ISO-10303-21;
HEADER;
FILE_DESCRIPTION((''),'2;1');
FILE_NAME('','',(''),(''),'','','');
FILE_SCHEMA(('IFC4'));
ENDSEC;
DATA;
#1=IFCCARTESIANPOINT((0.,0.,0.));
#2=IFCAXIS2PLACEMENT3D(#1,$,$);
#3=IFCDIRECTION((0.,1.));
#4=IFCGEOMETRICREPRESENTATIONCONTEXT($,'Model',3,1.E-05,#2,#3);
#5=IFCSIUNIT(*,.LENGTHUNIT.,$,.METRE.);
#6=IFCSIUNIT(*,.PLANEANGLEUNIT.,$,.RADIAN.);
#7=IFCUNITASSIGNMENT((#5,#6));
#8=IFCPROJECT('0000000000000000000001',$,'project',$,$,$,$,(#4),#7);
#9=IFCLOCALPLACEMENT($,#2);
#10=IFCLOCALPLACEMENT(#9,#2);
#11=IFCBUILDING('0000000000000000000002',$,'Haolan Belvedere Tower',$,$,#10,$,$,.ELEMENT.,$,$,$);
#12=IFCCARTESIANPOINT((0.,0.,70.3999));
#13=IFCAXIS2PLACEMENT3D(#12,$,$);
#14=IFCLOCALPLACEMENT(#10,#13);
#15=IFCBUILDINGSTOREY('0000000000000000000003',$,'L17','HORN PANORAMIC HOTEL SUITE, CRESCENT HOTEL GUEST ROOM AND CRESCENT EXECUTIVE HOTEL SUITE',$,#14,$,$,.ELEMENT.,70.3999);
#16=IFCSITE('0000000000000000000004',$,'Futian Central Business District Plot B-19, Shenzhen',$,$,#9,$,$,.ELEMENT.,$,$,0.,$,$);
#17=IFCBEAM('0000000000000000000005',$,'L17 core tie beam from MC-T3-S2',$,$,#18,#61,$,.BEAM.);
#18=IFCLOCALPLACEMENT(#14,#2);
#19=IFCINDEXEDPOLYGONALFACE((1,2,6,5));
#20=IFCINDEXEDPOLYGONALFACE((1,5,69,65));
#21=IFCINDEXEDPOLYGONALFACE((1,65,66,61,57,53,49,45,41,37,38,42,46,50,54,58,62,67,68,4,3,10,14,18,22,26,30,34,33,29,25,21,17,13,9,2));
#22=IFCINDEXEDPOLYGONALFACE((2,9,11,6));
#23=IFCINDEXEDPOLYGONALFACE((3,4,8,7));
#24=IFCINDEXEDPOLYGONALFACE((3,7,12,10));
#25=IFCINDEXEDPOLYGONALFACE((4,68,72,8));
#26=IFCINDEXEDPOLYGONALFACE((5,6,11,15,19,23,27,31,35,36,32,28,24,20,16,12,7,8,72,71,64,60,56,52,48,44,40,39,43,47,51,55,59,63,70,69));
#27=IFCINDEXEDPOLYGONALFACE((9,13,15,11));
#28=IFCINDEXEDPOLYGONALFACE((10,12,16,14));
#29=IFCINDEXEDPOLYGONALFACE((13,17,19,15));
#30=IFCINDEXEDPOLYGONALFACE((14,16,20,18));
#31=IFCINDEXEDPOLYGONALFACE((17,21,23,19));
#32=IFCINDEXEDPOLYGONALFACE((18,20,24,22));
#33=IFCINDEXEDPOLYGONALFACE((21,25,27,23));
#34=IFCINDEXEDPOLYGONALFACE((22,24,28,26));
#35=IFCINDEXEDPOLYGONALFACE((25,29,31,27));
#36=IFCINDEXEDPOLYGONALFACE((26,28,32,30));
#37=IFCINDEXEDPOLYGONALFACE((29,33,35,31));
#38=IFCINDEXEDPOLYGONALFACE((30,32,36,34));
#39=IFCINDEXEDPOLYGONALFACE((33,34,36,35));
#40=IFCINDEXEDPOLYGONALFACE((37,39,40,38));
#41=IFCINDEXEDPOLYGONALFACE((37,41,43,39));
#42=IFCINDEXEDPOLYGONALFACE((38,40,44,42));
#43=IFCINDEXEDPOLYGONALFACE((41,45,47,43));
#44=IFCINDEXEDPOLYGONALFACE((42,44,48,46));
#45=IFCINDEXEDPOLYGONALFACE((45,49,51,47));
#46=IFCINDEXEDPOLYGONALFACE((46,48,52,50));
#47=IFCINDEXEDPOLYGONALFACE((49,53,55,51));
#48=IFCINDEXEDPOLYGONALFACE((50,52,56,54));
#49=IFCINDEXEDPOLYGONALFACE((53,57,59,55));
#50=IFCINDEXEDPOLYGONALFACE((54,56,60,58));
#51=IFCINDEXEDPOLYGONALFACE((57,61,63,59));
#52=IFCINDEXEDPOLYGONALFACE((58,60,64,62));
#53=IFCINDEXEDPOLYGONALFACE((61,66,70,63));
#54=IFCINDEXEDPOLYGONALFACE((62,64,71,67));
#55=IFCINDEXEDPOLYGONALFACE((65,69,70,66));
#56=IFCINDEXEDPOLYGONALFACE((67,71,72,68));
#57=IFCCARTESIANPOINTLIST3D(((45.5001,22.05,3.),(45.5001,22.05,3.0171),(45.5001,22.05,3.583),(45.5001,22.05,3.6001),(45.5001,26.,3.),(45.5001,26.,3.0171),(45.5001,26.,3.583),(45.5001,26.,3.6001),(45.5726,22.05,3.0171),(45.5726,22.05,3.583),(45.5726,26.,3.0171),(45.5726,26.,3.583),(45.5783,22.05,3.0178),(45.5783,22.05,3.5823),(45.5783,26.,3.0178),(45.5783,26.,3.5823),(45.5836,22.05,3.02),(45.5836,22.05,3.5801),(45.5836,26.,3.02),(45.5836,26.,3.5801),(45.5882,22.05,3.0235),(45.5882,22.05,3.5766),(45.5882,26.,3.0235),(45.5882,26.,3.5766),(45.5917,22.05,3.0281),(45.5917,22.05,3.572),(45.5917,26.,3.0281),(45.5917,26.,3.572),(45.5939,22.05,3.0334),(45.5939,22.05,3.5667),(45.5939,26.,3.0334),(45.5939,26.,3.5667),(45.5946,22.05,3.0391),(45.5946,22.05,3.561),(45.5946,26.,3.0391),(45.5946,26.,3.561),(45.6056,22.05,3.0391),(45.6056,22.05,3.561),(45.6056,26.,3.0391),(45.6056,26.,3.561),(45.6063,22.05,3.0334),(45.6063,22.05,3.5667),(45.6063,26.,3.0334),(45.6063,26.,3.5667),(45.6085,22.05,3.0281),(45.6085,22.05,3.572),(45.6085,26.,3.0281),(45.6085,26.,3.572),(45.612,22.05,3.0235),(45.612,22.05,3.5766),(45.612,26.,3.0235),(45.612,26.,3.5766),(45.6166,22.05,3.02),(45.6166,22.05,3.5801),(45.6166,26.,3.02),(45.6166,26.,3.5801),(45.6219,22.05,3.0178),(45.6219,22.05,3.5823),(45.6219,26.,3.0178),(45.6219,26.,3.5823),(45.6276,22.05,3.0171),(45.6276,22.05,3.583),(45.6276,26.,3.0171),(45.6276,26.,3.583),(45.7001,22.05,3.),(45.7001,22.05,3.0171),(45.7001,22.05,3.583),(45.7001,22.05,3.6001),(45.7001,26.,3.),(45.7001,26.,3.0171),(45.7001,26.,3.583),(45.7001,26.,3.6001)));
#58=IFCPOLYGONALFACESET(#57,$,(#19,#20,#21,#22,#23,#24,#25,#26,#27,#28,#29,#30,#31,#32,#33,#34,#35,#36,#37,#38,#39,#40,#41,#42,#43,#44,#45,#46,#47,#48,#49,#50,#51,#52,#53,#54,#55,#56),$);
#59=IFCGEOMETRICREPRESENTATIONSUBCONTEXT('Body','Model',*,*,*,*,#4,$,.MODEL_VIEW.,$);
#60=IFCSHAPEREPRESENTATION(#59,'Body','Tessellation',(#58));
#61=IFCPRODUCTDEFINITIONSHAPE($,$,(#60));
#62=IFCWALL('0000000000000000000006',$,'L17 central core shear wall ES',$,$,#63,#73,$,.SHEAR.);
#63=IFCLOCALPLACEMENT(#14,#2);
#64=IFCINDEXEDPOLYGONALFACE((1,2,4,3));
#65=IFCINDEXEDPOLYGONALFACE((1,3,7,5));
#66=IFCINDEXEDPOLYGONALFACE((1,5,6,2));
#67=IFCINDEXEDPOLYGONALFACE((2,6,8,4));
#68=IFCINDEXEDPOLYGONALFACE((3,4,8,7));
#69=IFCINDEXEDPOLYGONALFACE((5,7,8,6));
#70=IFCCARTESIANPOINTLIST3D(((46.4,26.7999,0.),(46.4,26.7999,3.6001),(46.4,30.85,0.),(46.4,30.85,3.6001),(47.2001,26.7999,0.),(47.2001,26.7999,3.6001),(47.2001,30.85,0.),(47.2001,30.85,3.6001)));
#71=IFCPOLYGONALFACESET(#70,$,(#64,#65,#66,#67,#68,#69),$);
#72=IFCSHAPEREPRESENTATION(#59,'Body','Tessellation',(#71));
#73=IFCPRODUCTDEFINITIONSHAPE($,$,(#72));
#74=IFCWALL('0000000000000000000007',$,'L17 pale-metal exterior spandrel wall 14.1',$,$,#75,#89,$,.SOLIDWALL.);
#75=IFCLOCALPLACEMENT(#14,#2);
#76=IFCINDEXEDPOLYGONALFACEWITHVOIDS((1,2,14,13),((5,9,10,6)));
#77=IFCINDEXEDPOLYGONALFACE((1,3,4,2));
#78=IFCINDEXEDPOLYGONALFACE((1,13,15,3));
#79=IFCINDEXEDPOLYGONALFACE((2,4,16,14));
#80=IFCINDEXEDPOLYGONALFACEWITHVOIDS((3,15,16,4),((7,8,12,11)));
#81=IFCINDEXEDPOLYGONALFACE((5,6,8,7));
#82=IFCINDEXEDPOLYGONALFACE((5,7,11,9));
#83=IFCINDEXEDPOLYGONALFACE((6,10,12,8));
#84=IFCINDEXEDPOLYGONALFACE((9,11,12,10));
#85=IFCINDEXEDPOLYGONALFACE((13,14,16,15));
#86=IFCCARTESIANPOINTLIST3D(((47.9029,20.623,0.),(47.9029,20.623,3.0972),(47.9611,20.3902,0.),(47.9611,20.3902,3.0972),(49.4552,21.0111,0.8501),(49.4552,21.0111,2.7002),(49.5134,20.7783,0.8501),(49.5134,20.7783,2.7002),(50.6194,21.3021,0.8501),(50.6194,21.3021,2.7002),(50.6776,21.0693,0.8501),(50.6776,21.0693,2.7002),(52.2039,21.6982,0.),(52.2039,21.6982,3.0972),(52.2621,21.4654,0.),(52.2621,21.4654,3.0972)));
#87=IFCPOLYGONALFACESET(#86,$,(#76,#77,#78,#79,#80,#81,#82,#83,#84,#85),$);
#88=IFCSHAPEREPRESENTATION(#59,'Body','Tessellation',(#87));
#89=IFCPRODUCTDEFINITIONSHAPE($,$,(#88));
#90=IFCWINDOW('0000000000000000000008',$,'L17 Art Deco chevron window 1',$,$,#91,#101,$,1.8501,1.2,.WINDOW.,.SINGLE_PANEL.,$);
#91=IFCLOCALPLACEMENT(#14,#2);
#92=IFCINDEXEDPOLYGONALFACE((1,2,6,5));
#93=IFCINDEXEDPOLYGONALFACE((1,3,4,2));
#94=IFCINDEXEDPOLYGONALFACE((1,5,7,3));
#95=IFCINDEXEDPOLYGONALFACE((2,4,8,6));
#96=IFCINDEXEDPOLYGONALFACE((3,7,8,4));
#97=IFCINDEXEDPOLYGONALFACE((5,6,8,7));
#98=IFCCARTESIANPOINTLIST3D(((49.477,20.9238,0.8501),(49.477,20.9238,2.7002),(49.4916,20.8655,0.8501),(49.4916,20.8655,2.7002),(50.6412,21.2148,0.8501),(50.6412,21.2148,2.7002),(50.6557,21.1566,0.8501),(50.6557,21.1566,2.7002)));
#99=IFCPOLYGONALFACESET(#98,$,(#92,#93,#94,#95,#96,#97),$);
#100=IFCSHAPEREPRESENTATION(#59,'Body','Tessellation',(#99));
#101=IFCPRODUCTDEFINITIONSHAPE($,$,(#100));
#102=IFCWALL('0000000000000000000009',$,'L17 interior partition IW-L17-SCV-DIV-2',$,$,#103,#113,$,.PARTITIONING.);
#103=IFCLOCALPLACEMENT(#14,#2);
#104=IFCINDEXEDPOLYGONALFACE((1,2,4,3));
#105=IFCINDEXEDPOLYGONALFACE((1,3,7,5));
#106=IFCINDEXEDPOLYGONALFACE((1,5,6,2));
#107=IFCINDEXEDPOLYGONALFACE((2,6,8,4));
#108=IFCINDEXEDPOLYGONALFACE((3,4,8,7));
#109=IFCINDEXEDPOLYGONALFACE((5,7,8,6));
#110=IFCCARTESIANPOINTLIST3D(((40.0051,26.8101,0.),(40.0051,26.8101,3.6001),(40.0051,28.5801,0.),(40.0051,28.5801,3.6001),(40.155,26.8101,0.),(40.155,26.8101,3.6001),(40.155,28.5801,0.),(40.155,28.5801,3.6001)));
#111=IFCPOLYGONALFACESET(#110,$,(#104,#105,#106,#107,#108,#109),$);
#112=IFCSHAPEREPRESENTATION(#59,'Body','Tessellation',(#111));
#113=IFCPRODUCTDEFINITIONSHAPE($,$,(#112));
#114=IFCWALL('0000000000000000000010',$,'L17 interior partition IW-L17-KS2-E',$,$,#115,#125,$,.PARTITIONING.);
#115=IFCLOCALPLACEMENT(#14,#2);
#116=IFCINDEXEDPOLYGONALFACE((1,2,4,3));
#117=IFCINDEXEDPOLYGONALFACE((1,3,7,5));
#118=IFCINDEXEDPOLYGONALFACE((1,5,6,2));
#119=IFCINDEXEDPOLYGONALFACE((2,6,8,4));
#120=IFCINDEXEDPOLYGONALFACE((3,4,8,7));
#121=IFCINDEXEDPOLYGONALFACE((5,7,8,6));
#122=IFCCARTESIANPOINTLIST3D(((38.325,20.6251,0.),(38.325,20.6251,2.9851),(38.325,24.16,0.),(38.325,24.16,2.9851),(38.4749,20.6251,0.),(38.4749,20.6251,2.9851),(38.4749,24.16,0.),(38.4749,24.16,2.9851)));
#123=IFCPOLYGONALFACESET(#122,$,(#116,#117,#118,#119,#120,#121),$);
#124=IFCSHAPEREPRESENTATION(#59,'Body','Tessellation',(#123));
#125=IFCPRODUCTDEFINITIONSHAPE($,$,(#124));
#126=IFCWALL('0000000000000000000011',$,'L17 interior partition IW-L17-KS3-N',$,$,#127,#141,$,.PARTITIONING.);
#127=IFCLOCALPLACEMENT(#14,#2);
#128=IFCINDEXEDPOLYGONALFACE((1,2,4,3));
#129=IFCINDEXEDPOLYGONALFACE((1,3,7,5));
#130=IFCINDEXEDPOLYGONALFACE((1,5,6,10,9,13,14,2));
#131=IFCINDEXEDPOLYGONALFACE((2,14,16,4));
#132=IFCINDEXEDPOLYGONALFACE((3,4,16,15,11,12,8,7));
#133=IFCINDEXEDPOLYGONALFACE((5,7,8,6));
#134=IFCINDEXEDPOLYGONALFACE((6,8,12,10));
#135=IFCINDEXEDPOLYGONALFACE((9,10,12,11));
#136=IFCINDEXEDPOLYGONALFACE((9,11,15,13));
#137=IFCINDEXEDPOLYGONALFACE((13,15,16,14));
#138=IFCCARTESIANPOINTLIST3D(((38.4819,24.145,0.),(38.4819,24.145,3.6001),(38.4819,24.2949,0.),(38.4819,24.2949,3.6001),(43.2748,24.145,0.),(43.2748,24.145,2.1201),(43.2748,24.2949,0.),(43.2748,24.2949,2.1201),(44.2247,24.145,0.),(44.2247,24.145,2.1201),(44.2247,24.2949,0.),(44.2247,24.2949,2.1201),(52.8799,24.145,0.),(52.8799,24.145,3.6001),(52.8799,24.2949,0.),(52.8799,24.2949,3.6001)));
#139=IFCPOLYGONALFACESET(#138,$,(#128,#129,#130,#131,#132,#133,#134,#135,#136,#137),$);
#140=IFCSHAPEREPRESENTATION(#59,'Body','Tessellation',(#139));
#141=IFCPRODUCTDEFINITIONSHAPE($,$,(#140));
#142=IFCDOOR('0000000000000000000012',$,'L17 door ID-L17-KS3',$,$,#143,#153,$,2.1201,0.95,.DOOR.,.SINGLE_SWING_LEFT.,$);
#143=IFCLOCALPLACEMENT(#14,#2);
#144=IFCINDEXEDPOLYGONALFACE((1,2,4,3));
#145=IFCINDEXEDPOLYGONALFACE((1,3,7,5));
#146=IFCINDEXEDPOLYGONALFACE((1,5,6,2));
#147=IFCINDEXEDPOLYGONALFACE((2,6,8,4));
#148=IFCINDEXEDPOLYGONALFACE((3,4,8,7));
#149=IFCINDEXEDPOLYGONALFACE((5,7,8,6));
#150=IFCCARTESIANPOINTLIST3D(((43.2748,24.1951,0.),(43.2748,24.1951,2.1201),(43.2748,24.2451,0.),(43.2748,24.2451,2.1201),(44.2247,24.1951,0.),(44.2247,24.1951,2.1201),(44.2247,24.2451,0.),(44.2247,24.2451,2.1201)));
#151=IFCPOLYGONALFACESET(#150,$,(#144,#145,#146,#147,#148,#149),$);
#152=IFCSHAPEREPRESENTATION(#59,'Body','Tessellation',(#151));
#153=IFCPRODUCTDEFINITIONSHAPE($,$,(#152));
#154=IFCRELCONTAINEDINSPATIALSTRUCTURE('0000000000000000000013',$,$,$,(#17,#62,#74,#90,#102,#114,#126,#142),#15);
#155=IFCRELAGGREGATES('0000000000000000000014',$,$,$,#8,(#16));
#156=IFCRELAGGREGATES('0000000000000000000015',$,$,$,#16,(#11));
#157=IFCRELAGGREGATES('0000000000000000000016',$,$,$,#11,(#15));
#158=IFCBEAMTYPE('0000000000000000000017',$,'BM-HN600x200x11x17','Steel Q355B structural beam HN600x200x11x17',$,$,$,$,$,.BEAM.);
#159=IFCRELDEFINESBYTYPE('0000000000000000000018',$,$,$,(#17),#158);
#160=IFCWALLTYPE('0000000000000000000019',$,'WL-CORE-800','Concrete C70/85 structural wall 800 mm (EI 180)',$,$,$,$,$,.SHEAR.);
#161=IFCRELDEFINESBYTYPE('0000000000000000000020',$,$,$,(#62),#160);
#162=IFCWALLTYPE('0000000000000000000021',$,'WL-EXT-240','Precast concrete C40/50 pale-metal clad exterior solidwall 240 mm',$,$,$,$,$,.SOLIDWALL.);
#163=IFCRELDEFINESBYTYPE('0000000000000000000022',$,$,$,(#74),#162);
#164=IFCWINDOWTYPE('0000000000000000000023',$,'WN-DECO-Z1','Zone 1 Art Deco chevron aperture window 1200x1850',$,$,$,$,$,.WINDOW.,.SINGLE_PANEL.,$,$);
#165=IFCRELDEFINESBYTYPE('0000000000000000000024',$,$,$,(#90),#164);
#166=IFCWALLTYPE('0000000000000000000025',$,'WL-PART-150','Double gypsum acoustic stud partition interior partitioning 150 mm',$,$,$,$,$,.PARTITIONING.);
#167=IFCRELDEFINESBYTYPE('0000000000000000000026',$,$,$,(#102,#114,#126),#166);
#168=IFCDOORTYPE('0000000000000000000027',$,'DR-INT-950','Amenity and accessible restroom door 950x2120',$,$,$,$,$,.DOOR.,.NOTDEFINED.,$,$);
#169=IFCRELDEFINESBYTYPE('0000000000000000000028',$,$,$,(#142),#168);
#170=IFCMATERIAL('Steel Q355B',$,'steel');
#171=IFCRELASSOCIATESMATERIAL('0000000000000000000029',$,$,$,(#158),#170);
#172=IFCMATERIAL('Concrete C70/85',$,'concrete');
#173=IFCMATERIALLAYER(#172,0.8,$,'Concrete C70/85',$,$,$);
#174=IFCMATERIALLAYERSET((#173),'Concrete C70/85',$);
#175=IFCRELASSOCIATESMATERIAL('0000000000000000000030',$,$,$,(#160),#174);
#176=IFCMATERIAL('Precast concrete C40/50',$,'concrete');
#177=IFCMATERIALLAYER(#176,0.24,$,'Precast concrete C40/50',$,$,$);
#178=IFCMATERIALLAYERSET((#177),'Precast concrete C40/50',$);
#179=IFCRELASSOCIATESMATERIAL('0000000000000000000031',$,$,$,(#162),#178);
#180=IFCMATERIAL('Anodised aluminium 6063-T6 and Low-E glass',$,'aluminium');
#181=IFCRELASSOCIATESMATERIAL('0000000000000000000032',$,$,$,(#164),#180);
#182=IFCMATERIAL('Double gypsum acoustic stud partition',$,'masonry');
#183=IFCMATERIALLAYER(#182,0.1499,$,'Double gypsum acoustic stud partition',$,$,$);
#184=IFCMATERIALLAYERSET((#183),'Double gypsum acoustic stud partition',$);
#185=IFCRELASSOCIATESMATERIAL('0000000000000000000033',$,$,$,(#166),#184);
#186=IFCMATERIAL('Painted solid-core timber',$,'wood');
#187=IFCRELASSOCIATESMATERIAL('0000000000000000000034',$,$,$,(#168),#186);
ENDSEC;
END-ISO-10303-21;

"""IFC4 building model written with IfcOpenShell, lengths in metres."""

from ifc_helpers import new_model, si_unit, direction, frame, frame_2d, origin, origin_2d, place, context, subcontext, project, spatial, rectangle, i_section, extrude, material, layer, layer_set, material_profile, profile_set, type_object, element, fill, save


model = new_model("IFC4")

# Units and contexts
model_context = context("Model", 3, precision=1e-05, world=origin(), true_north=direction((0.0, 1.0)))
body_context = subcontext(model_context, "Body", "Model", "MODEL_VIEW")
ifc_project = project(units=[si_unit("LENGTHUNIT", "METRE"), si_unit("PLANEANGLEUNIT", "RADIAN")], contexts=[model_context])

# Site, building, storey
site_placement = place(None, origin())
site = spatial("IfcSite", under=ifc_project, at=site_placement, Name="Futian Central Business District Plot B-19, Shenzhen", CompositionType="ELEMENT", RefElevation=0.0)
building_placement = place(site_placement, origin())
building = spatial("IfcBuilding", under=site, at=building_placement, Name="Haolan Belvedere Tower", CompositionType="ELEMENT")
storey_placement = place(building_placement, frame((0.0, 0.0, 70.3999)))
storey = spatial("IfcBuildingStorey", under=building, at=storey_placement, Name="L17", Description="HORN PANORAMIC HOTEL SUITE, CRESCENT HOTEL GUEST ROOM AND CRESCENT EXECUTIVE HOTEL SUITE", CompositionType="ELEMENT", Elevation=70.3999)

# Shared definitions
ifc_material_1 = material(Name="Steel Q355B", Category="steel")

# Beam
ifc_material_profile_1 = material_profile(ifc_material_1, i_section(OverallWidth=0.2, OverallDepth=0.6001, WebThickness=0.011, FlangeThickness=0.0171, FilletRadius=0.022, at=origin_2d()), Name="Steel Q355B")
ifc_profile_set_1 = profile_set([ifc_material_profile_1], Name="Steel Q355B")
beam_type_1 = type_object("IfcBeamType", Name="BM-HN600x200x11x17", Description="Steel Q355B structural beam HN600x200x11x17", PredefinedType="BEAM", material=ifc_profile_set_1)
for number, where, z_axis, x_axis, name in (
    (1, (45.6001, 22.05, 3.3), (0.0, 1.0, 0.0), (-1.0, 0.0, 0.0), "L17 core tie beam from MC-T3-S2"),
):
    element("IfcBeam", number, at=place(storey_placement, frame(where, z_axis=z_axis, x_axis=x_axis)), inside=storey, type_object=beam_type_1, Name=name, PredefinedType="BEAM", context=body_context, shape_type="SweptSolid", body=[
        extrude(i_section(OverallWidth=0.2, OverallDepth=0.6001, WebThickness=0.011, FlangeThickness=0.0171, FilletRadius=0.022, at=origin_2d()), origin(), (0.0, 0.0, 1.0), 3.95),
    ])

# Wall
ifc_material_2 = material(Name="Concrete C70/85", Category="concrete")
ifc_layer_1 = layer(ifc_material_2, 0.8, Name="Concrete C70/85")
ifc_layer_set_1 = layer_set([ifc_layer_1], Name="Concrete C70/85")
wall_type_1 = type_object("IfcWallType", Name="WL-CORE-800", Description="Concrete C70/85 structural wall 800 mm (EI 180)", PredefinedType="SHEAR", material=ifc_layer_set_1)
wall_1_placement = place(storey_placement, frame((46.8, 26.8, 0.0), z_axis=(0.0, 0.0, 1.0), x_axis=(0.0, 1.0, 0.0)))
element("IfcWall", 2, at=wall_1_placement, inside=storey, type_object=wall_type_1, Name="L17 central core shear wall ES", PredefinedType="SHEAR", context=body_context, shape_type="SweptSolid", body=[
    extrude(rectangle(XDim=4.05, YDim=0.8, at=frame_2d((2.0249, 0.0))), origin(), (0.0, 0.0, 1.0), 3.6001),
])

# Wall, opening, window
ifc_material_3 = material(Name="Precast concrete C40/50", Category="concrete")
ifc_layer_2 = layer(ifc_material_3, 0.24, Name="Precast concrete C40/50")
ifc_layer_set_2 = layer_set([ifc_layer_2], Name="Precast concrete C40/50")
wall_type_2 = type_object("IfcWallType", Name="WL-EXT-240", Description="Precast concrete C40/50 pale-metal clad exterior solidwall 240 mm", PredefinedType="SOLIDWALL", material=ifc_layer_set_2)
wall_2_placement = place(storey_placement, frame((47.9319, 20.5066, 0.0), z_axis=(0.0, 0.0, 1.0), x_axis=(0.970146, 0.242523, 0.0)))
wall_2 = element("IfcWall", 3, at=wall_2_placement, inside=storey, type_object=wall_type_2, Name="L17 pale-metal exterior spandrel wall 14.1", PredefinedType="SOLIDWALL", context=body_context, shape_type="SweptSolid", body=[
    extrude(rectangle(XDim=4.4333, YDim=0.24, at=frame_2d((2.2168, 0.0))), origin(), (0.0, 0.0, 1.0), 3.0972),
])
opening_1_placement = place(wall_2_placement, frame((1.6001, 0.0, 0.8501)))
opening_1 = element("IfcOpeningElement", 4, at=opening_1_placement, cuts=wall_2, PredefinedType="OPENING", context=body_context, shape_type="SweptSolid", body=[
    extrude(rectangle(XDim=1.2, YDim=1.8501, at=frame_2d((0.6001, 0.925))), frame((0.0, 0.1299, 0.0), z_axis=(0.0, -1.0, 0.0), x_axis=(1.0, 0.0, 0.0)), (0.0, 0.0, 1.0), 0.26),
])
ifc_material_4 = material(Name="Anodised aluminium 6063-T6 and Low-E glass", Category="aluminium")
window_type = type_object("IfcWindowType", Name="WN-DECO-Z1", Description="Zone 1 Art Deco chevron aperture window 1200x1850", PartitioningType="SINGLE_PANEL", PredefinedType="WINDOW", material=ifc_material_4)
window_placement = place(opening_1_placement, origin())
window = element("IfcWindow", 5, at=window_placement, inside=storey, type_object=window_type, Name="L17 Art Deco chevron window 1", OverallHeight=1.8501, OverallWidth=1.2, PartitioningType="SINGLE_PANEL", PredefinedType="WINDOW", context=body_context, shape_type="SweptSolid", body=[
    extrude(rectangle(XDim=1.2, YDim=1.8501, at=frame_2d((0.6001, 0.925))), frame((0.0, 0.03, 0.0), z_axis=(0.0, -1.0, 0.0), x_axis=(1.0, 0.0, 0.0)), (0.0, 0.0, 1.0), 0.0601),
])
fill(opening_1, window)

# Walls
ifc_material_5 = material(Name="Double gypsum acoustic stud partition", Category="masonry")
ifc_layer_3 = layer(ifc_material_5, 0.1499, Name="Double gypsum acoustic stud partition")
ifc_layer_set_3 = layer_set([ifc_layer_3], Name="Double gypsum acoustic stud partition")
wall_type_3 = type_object("IfcWallType", Name="WL-PART-150", Description="Double gypsum acoustic stud partition interior partitioning 150 mm", PredefinedType="PARTITIONING", material=ifc_layer_set_3)
wall_3_placement = place(storey_placement, frame((40.0801, 26.8101, 0.0), z_axis=(0.0, 0.0, 1.0), x_axis=(0.0, 1.0, 0.0)))
element("IfcWall", 6, at=wall_3_placement, inside=storey, type_object=wall_type_3, Name="L17 interior partition IW-L17-SCV-DIV-2", PredefinedType="PARTITIONING", context=body_context, shape_type="SweptSolid", body=[
    extrude(rectangle(XDim=1.77, YDim=0.1499, at=frame_2d((0.885, 0.0))), origin(), (0.0, 0.0, 1.0), 3.6001),
])
wall_4_placement = place(storey_placement, frame((38.3999, 20.625, 0.0), z_axis=(0.0, 0.0, 1.0), x_axis=(0.0, 1.0, 0.0)))
element("IfcWall", 7, at=wall_4_placement, inside=storey, type_object=wall_type_3, Name="L17 interior partition IW-L17-KS2-E", PredefinedType="PARTITIONING", context=body_context, shape_type="SweptSolid", body=[
    extrude(rectangle(XDim=3.5349, YDim=0.1499, at=frame_2d((1.7676, 0.0))), origin(), (0.0, 0.0, 1.0), 2.9851),
])

# Wall, opening, door
wall_5_placement = place(storey_placement, frame((38.4819, 24.22, 0.0), z_axis=(0.0, 0.0, 1.0), x_axis=(1.0, 0.0, 0.0)))
wall_5 = element("IfcWall", 8, at=wall_5_placement, inside=storey, type_object=wall_type_3, Name="L17 interior partition IW-L17-KS3-N", PredefinedType="PARTITIONING", context=body_context, shape_type="SweptSolid", body=[
    extrude(rectangle(XDim=14.3979, YDim=0.1499, at=frame_2d((7.199, 0.0))), origin(), (0.0, 0.0, 1.0), 3.6001),
])
opening_2_placement = place(wall_5_placement, frame((5.7429, 0.0, 0.0), z_axis=(0.0, 0.0, 1.0), x_axis=(-1.0, 0.0, 0.0)))
opening_2 = element("IfcOpeningElement", 9, at=opening_2_placement, cuts=wall_5, PredefinedType="OPENING", context=body_context, shape_type="SweptSolid", body=[
    extrude(rectangle(XDim=0.95, YDim=2.1201, at=frame_2d((0.4751, 1.0601))), frame((0.0, 0.085, 0.0), z_axis=(0.0, -1.0, 0.0), x_axis=(1.0, 0.0, 0.0)), (0.0, 0.0, 1.0), 0.1699),
])
ifc_material_6 = material(Name="Painted solid-core timber", Category="wood")
door_type_1 = type_object("IfcDoorType", Name="DR-INT-950", Description="Amenity and accessible restroom door 950x2120", OperationType="NOTDEFINED", PredefinedType="DOOR", material=ifc_material_6)
door_1_placement = place(opening_2_placement, origin())
door_1 = element("IfcDoor", 10, at=door_1_placement, inside=storey, type_object=door_type_1, Name="L17 door ID-L17-KS3", OperationType="SINGLE_SWING_LEFT", OverallHeight=2.1201, OverallWidth=0.95, PredefinedType="DOOR", context=body_context, shape_type="SweptSolid", body=[
    extrude(rectangle(XDim=0.95, YDim=2.1201, at=frame_2d((0.4751, 1.0601))), frame((0.0, 0.0249, 0.0), z_axis=(0.0, -1.0, 0.0), x_axis=(1.0, 0.0, 0.0)), (0.0, 0.0, 1.0), 0.05),
])
fill(opening_2, door_1)

save(model, "model.ifc")
